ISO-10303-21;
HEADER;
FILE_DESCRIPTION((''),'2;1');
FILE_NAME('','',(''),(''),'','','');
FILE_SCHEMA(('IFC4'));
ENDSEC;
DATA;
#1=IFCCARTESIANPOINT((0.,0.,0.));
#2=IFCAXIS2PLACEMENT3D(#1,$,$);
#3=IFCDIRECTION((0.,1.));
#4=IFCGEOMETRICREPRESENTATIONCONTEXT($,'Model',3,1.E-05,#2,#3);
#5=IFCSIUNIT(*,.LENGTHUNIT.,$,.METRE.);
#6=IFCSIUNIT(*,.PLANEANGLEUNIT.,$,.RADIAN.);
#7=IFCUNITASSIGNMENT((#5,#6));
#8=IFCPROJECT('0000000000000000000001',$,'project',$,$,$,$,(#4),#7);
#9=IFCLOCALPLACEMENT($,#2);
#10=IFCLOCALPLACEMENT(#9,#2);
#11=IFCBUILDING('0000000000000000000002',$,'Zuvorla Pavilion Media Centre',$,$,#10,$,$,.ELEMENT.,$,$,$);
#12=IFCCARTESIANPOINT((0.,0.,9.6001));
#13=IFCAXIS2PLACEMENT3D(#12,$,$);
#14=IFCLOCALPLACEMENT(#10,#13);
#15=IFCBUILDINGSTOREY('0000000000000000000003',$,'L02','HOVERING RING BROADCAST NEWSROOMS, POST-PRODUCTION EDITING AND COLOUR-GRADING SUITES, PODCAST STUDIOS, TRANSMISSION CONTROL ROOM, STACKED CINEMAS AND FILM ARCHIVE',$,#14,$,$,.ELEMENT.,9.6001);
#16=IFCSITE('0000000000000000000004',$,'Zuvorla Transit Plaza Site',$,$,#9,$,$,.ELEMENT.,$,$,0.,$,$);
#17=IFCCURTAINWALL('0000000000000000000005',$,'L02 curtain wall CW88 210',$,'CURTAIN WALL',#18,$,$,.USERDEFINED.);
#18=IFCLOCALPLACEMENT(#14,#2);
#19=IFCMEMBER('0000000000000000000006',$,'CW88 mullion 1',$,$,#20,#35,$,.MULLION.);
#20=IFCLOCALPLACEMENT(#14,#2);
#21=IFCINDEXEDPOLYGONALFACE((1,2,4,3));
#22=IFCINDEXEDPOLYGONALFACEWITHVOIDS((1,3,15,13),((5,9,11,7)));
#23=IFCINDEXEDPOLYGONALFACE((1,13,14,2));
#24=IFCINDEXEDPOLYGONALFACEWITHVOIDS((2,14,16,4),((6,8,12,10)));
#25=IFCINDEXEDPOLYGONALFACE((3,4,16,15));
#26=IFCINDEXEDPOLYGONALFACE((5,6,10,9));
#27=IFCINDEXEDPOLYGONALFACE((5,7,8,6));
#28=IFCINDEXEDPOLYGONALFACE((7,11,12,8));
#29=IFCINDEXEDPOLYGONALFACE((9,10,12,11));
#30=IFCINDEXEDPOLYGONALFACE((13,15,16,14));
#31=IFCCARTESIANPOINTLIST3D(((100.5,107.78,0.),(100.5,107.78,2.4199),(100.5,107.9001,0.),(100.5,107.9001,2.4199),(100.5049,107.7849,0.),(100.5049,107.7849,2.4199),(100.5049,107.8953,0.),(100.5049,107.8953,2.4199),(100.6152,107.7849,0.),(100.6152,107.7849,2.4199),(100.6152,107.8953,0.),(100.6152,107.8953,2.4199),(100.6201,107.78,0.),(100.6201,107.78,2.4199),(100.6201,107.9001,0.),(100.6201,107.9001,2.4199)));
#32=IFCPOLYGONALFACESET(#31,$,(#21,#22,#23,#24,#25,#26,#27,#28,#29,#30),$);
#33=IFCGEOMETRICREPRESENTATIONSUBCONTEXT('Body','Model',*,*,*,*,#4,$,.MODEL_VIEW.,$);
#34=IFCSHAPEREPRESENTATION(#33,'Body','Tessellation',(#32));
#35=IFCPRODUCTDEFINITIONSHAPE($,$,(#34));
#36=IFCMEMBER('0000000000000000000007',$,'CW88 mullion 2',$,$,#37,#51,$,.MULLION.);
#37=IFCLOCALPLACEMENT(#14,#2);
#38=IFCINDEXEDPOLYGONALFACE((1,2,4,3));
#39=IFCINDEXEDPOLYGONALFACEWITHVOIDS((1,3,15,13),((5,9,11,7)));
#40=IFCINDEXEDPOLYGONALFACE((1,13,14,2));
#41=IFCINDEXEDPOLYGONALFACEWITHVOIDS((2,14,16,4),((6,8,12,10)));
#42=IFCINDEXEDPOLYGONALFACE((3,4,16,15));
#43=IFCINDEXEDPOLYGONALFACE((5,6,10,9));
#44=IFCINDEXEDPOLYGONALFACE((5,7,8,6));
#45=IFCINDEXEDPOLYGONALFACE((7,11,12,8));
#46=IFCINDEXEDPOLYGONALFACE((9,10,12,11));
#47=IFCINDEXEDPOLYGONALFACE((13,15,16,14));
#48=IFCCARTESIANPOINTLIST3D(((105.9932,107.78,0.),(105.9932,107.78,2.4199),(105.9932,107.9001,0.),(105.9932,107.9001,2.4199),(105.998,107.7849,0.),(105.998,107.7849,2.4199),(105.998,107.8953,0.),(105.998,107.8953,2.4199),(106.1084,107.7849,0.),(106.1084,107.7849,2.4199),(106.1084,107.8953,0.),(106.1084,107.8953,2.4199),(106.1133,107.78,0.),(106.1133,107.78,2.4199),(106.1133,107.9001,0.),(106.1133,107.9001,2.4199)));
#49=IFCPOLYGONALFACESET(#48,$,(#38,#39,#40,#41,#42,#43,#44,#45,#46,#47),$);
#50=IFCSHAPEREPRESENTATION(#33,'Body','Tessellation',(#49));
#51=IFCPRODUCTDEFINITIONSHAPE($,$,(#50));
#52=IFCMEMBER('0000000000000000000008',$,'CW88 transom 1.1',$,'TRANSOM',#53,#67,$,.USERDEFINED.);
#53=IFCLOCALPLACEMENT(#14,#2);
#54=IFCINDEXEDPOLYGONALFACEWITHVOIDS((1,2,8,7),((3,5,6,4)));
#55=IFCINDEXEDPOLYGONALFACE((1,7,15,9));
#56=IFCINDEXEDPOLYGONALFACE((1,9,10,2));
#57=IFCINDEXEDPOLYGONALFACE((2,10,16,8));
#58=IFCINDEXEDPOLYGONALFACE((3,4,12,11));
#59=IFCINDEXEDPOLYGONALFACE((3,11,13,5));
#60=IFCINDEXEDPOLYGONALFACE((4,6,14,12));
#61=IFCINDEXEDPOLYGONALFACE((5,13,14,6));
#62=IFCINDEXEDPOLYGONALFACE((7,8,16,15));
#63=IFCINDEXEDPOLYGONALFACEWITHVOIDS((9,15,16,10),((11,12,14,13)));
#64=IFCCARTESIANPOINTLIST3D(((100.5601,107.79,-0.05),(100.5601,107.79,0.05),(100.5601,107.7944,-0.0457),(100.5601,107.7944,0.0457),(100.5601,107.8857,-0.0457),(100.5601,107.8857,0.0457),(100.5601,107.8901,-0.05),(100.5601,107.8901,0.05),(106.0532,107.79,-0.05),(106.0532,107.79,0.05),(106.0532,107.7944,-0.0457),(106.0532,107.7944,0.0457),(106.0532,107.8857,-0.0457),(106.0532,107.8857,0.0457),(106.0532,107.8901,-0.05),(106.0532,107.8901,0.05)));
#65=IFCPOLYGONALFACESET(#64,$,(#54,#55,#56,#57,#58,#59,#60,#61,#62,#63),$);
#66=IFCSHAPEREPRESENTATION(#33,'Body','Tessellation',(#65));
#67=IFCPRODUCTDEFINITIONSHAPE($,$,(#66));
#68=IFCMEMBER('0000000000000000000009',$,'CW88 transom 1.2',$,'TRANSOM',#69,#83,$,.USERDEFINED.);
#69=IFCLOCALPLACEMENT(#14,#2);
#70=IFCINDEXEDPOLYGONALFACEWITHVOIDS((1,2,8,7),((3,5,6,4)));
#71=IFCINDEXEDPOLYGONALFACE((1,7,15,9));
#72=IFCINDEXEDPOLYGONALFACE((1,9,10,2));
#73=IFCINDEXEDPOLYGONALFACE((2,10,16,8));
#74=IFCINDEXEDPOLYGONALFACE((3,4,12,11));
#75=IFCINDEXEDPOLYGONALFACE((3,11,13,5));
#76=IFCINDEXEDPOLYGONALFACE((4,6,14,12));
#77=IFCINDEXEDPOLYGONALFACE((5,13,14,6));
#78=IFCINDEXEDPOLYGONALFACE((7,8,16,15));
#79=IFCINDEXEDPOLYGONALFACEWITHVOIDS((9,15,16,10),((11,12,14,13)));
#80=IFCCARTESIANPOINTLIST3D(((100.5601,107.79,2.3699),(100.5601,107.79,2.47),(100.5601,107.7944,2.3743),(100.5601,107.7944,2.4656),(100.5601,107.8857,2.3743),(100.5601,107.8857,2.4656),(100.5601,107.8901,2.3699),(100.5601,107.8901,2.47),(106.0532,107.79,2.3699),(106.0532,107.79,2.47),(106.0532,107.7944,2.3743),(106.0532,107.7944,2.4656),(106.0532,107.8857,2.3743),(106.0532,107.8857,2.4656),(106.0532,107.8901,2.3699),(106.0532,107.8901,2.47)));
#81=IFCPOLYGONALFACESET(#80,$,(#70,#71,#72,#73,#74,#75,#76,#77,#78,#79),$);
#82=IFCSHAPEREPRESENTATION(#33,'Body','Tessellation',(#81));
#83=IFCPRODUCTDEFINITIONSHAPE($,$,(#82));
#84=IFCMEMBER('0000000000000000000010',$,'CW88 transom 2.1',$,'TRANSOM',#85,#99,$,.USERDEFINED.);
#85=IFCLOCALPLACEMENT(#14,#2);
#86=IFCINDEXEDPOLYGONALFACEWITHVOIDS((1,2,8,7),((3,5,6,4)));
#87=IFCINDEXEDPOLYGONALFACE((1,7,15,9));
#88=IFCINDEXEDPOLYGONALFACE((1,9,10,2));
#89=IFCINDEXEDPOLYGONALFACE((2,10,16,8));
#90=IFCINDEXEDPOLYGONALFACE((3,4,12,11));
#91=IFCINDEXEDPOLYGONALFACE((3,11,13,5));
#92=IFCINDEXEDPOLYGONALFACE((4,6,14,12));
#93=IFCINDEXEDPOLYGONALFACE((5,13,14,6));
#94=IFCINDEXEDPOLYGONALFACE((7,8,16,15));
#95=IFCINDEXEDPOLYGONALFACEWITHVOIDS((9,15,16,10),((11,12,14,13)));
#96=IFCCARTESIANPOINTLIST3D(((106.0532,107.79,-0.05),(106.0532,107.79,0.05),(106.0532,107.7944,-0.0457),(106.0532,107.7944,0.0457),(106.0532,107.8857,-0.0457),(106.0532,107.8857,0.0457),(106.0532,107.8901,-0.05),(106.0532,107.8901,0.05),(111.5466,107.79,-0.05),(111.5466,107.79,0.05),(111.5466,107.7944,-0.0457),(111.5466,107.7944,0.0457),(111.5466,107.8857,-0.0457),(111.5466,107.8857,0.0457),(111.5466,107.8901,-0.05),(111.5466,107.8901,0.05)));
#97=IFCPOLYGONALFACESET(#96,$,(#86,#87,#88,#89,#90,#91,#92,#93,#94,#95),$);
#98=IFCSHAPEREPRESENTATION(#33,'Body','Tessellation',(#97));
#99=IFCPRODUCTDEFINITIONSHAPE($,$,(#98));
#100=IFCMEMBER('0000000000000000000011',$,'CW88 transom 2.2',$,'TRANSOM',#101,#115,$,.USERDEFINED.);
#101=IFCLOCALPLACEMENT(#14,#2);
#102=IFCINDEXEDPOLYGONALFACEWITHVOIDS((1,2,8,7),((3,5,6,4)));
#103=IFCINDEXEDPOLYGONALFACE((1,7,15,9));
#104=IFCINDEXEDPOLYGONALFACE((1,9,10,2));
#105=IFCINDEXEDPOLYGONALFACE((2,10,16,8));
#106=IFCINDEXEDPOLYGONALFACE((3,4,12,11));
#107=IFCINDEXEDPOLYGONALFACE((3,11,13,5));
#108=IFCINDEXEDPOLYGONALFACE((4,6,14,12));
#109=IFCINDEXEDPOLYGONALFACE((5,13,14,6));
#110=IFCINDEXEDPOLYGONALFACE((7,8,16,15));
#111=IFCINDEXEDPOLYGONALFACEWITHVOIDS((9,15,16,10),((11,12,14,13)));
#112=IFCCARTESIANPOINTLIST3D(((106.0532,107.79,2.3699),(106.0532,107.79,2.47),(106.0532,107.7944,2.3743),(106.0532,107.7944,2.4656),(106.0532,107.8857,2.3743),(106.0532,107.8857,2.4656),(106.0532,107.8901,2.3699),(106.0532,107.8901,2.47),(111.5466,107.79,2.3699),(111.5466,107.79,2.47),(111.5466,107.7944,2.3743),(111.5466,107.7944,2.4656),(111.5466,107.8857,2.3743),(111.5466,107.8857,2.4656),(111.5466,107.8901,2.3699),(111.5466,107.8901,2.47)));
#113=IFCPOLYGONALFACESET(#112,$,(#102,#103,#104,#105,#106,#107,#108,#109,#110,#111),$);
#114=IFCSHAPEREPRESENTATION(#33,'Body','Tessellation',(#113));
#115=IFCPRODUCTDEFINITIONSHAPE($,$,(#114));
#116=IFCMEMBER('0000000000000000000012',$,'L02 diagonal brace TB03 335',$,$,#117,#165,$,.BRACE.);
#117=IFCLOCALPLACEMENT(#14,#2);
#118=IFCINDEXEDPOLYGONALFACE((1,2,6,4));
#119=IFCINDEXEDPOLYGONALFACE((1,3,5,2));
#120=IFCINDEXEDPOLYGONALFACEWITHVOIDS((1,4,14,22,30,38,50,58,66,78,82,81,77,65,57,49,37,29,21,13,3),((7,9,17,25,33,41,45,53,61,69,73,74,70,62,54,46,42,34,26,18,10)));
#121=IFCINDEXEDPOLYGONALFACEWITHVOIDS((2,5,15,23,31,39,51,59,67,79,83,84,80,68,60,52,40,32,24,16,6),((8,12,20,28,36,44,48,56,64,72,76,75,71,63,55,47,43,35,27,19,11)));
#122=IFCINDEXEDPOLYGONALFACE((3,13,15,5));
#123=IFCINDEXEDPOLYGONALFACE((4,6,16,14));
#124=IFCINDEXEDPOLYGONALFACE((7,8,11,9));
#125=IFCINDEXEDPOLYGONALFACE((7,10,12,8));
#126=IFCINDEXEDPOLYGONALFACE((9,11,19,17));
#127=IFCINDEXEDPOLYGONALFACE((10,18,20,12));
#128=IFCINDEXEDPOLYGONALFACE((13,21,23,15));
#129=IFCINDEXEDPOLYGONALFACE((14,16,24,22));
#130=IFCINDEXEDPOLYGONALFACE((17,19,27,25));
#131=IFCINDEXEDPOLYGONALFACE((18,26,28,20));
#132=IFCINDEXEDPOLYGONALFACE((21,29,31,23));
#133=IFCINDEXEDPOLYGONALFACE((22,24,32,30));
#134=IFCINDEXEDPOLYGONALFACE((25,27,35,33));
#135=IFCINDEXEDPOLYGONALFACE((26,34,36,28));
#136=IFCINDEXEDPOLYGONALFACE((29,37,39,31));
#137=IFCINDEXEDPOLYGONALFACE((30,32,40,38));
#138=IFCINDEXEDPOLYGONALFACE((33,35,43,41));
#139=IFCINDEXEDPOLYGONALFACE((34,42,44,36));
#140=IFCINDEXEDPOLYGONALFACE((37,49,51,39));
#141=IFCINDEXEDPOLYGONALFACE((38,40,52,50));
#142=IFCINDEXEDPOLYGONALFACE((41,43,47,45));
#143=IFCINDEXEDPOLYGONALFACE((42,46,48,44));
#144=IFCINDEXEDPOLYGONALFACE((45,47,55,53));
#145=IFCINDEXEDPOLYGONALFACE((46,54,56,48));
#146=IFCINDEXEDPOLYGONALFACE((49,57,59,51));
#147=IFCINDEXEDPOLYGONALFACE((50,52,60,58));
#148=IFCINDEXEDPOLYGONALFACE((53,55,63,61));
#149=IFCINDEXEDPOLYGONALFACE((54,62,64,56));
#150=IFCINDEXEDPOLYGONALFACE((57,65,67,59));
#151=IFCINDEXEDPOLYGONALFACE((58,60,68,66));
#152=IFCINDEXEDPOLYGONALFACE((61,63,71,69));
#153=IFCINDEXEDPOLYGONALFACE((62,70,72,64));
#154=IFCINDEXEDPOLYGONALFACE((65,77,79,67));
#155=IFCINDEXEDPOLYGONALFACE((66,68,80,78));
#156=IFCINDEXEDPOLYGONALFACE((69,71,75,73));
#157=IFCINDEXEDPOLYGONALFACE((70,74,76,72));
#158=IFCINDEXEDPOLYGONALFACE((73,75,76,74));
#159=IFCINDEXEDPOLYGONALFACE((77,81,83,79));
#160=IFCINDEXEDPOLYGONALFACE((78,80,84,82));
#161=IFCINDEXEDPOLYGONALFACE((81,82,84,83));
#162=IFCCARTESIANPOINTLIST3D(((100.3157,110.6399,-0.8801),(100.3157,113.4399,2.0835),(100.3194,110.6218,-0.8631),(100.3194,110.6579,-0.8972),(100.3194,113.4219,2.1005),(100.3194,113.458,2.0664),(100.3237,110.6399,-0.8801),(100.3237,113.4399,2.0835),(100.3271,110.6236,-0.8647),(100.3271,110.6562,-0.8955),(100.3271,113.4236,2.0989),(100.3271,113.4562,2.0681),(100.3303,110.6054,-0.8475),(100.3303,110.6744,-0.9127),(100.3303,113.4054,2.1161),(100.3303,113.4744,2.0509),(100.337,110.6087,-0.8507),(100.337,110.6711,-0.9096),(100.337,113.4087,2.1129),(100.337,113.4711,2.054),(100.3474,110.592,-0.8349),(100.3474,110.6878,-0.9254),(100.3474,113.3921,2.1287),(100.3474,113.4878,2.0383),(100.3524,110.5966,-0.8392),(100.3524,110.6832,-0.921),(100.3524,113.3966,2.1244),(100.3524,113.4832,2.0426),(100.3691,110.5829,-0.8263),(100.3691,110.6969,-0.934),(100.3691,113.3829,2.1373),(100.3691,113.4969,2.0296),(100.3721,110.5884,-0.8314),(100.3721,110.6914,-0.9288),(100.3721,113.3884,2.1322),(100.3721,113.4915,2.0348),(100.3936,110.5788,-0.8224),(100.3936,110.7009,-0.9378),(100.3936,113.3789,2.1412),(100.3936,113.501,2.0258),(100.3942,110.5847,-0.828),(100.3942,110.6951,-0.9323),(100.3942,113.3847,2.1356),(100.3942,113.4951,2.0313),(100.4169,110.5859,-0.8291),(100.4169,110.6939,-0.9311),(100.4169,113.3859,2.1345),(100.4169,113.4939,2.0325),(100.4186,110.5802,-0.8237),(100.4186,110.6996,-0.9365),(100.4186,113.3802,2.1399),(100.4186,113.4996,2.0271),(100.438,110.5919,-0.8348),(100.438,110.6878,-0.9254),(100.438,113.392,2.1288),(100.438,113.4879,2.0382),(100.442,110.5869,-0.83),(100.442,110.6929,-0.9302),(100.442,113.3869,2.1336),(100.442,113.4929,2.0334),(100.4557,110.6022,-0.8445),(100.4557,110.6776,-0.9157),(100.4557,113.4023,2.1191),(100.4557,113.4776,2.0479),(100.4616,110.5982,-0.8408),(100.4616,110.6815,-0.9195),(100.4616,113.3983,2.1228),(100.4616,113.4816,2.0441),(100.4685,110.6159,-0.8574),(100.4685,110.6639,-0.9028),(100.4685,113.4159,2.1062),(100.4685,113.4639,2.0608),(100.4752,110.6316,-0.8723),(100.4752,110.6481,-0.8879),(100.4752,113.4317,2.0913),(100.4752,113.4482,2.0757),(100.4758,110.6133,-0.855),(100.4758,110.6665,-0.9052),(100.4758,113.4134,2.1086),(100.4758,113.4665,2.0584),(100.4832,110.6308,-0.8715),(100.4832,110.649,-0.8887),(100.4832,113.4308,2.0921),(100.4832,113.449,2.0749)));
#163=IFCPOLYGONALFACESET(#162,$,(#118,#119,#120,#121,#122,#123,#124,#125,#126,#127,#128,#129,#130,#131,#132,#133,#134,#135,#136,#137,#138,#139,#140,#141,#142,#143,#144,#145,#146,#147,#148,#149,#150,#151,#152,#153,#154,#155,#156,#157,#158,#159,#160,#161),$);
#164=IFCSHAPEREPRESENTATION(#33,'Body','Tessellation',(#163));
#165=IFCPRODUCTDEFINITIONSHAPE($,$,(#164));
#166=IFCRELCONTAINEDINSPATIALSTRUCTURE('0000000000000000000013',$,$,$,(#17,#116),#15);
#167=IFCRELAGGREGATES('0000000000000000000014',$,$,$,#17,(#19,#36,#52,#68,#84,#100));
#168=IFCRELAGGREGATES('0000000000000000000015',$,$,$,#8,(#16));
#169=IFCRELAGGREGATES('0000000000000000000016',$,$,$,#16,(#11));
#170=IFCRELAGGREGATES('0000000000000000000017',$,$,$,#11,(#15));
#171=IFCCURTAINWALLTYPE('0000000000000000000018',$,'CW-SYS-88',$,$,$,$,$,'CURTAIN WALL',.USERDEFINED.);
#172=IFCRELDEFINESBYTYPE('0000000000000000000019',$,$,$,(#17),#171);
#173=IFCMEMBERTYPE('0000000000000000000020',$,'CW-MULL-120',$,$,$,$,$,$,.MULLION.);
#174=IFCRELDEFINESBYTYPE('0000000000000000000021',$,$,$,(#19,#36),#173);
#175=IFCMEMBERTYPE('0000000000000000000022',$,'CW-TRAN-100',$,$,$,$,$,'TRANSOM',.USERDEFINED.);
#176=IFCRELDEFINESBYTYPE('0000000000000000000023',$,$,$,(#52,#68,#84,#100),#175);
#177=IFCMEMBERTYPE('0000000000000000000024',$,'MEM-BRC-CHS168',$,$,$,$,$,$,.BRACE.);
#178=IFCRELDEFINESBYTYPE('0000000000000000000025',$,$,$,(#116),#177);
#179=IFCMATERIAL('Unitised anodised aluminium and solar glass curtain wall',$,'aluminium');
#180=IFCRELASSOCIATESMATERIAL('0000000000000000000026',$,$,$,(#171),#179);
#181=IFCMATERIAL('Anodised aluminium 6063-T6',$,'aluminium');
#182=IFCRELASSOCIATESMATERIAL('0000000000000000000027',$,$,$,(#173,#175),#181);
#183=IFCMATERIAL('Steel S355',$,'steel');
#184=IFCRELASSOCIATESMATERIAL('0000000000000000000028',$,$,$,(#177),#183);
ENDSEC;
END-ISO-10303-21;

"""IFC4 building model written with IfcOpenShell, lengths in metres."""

from ifc_helpers import new_model, si_unit, direction, frame, origin, origin_2d, place, context, subcontext, project, spatial, hollow_rectangle, hollow_circle, extrude, material, material_profile, profile_set, type_object, element, aggregate, save


model = new_model("IFC4")

# Units and contexts
model_context = context("Model", 3, precision=1e-05, world=origin(), true_north=direction((0.0, 1.0)))
body_context = subcontext(model_context, "Body", "Model", "MODEL_VIEW")
ifc_project = project(units=[si_unit("LENGTHUNIT", "METRE"), si_unit("PLANEANGLEUNIT", "RADIAN")], contexts=[model_context])

# Site, building, storey
site_placement = place(None, origin())
site = spatial("IfcSite", under=ifc_project, at=site_placement, Name="Zuvorla Transit Plaza Site", CompositionType="ELEMENT", RefElevation=0.0)
building_placement = place(site_placement, origin())
building = spatial("IfcBuilding", under=site, at=building_placement, Name="Zuvorla Pavilion Media Centre", CompositionType="ELEMENT")
storey_placement = place(building_placement, frame((0.0, 0.0, 9.6001)))
storey = spatial("IfcBuildingStorey", under=building, at=storey_placement, Name="L02", Description="HOVERING RING BROADCAST NEWSROOMS, POST-PRODUCTION EDITING AND COLOUR-GRADING SUITES, PODCAST STUDIOS, TRANSMISSION CONTROL ROOM, STACKED CINEMAS AND FILM ARCHIVE", CompositionType="ELEMENT", Elevation=9.6001)

# Curtain wall, members
ifc_material_1 = material(Name="Unitised anodised aluminium and solar glass curtain wall", Category="aluminium")
curtain_wall_type = type_object("IfcCurtainWallType", Name="CW-SYS-88", ElementType="CURTAIN WALL", PredefinedType="USERDEFINED", material=ifc_material_1)
curtain_wall_placement = place(storey_placement, origin())
curtain_wall = element("IfcCurtainWall", 1, at=curtain_wall_placement, inside=storey, type_object=curtain_wall_type, Name="L02 curtain wall CW88 210", ObjectType="CURTAIN WALL", PredefinedType="USERDEFINED")
ifc_material_2 = material(Name="Anodised aluminium 6063-T6", Category="aluminium")
ifc_material_profile_1 = material_profile(ifc_material_2, hollow_rectangle(XDim=0.1201, YDim=0.1201, WallThickness=0.0049, at=origin_2d()), Name="ALU MULL 120x120")
ifc_profile_set_1 = profile_set([ifc_material_profile_1], Name="Anodised aluminium 6063-T6")
member_type_1 = type_object("IfcMemberType", Name="CW-MULL-120", PredefinedType="MULLION", material=ifc_profile_set_1)
member_1_placement = place(storey_placement, frame((100.5601, 107.8401, 0.0), z_axis=(0.0, 0.0, 1.0), x_axis=(1.0, 0.0, 0.0)))
member_1 = element("IfcMember", 2, at=member_1_placement, type_object=member_type_1, Name="CW88 mullion 1", PredefinedType="MULLION", context=body_context, shape_type="SweptSolid", body=[
    extrude(hollow_rectangle(XDim=0.1201, YDim=0.1201, WallThickness=0.0049, at=origin_2d()), origin(), (0.0, 0.0, 1.0), 2.4199),
])
member_2_placement = place(storey_placement, frame((106.0532, 107.8401, 0.0), z_axis=(0.0, 0.0, 1.0), x_axis=(1.0, 0.0, 0.0)))
member_2 = element("IfcMember", 3, at=member_2_placement, type_object=member_type_1, Name="CW88 mullion 2", PredefinedType="MULLION", context=body_context, shape_type="SweptSolid", body=[
    extrude(hollow_rectangle(XDim=0.1201, YDim=0.1201, WallThickness=0.0049, at=origin_2d()), origin(), (0.0, 0.0, 1.0), 2.4199),
])
ifc_material_profile_2 = material_profile(ifc_material_2, hollow_rectangle(XDim=0.1001, YDim=0.1001, WallThickness=0.0044, at=origin_2d()), Name="ALU TRAN 100x100")
ifc_profile_set_2 = profile_set([ifc_material_profile_2], Name="Anodised aluminium 6063-T6")
member_type_2 = type_object("IfcMemberType", Name="CW-TRAN-100", ElementType="TRANSOM", PredefinedType="USERDEFINED", material=ifc_profile_set_2)
member_3_placement = place(storey_placement, frame((100.5601, 107.8401, 0.0), z_axis=(1.0, 0.0, 0.0), x_axis=(0.0, 1.0, 0.0)))
member_3 = element("IfcMember", 4, at=member_3_placement, type_object=member_type_2, Name="CW88 transom 1.1", ObjectType="TRANSOM", PredefinedType="USERDEFINED", context=body_context, shape_type="SweptSolid", body=[
    extrude(hollow_rectangle(XDim=0.1001, YDim=0.1001, WallThickness=0.0044, at=origin_2d()), origin(), (0.0, 0.0, 1.0), 5.4932),
])
member_4_placement = place(storey_placement, frame((100.5601, 107.8401, 2.4199), z_axis=(1.0, 0.0, 0.0), x_axis=(0.0, 1.0, 0.0)))
member_4 = element("IfcMember", 5, at=member_4_placement, type_object=member_type_2, Name="CW88 transom 1.2", ObjectType="TRANSOM", PredefinedType="USERDEFINED", context=body_context, shape_type="SweptSolid", body=[
    extrude(hollow_rectangle(XDim=0.1001, YDim=0.1001, WallThickness=0.0044, at=origin_2d()), origin(), (0.0, 0.0, 1.0), 5.4932),
])
member_5_placement = place(storey_placement, frame((106.0532, 107.8401, 0.0), z_axis=(1.0, 0.0, 0.0), x_axis=(0.0, 1.0, 0.0)))
member_5 = element("IfcMember", 6, at=member_5_placement, type_object=member_type_2, Name="CW88 transom 2.1", ObjectType="TRANSOM", PredefinedType="USERDEFINED", context=body_context, shape_type="SweptSolid", body=[
    extrude(hollow_rectangle(XDim=0.1001, YDim=0.1001, WallThickness=0.0044, at=origin_2d()), origin(), (0.0, 0.0, 1.0), 5.4934),
])
member_6_placement = place(storey_placement, frame((106.0532, 107.8401, 2.4199), z_axis=(1.0, 0.0, 0.0), x_axis=(0.0, 1.0, 0.0)))
member_6 = element("IfcMember", 7, at=member_6_placement, type_object=member_type_2, Name="CW88 transom 2.2", ObjectType="TRANSOM", PredefinedType="USERDEFINED", context=body_context, shape_type="SweptSolid", body=[
    extrude(hollow_rectangle(XDim=0.1001, YDim=0.1001, WallThickness=0.0044, at=origin_2d()), origin(), (0.0, 0.0, 1.0), 5.4934),
])

# Member
ifc_material_3 = material(Name="Steel S355", Category="steel")
ifc_material_profile_3 = material_profile(ifc_material_3, hollow_circle(Radius=0.0842, WallThickness=0.0081, at=origin_2d()), Name="CHS 168.3x8")
ifc_profile_set_3 = profile_set([ifc_material_profile_3], Name="Steel S355")
member_type_3 = type_object("IfcMemberType", Name="MEM-BRC-CHS168", PredefinedType="BRACE", material=ifc_profile_set_3)
member_7_placement = place(storey_placement, frame((100.3999, 110.6399, -0.8801), z_axis=(0.0, 0.686762, 0.726882), x_axis=(-1.0, 0.0, 0.0)))
element("IfcMember", 8, at=member_7_placement, inside=storey, type_object=member_type_3, Name="L02 diagonal brace TB03 335", PredefinedType="BRACE", context=body_context, shape_type="SweptSolid", body=[
    extrude(hollow_circle(Radius=0.0842, WallThickness=0.0081, at=origin_2d()), origin(), (0.0, 0.0, 1.0), 4.0771),
])

aggregate(curtain_wall, [member_1, member_2, member_3, member_4, member_5, member_6])

save(model, "model.ifc")
